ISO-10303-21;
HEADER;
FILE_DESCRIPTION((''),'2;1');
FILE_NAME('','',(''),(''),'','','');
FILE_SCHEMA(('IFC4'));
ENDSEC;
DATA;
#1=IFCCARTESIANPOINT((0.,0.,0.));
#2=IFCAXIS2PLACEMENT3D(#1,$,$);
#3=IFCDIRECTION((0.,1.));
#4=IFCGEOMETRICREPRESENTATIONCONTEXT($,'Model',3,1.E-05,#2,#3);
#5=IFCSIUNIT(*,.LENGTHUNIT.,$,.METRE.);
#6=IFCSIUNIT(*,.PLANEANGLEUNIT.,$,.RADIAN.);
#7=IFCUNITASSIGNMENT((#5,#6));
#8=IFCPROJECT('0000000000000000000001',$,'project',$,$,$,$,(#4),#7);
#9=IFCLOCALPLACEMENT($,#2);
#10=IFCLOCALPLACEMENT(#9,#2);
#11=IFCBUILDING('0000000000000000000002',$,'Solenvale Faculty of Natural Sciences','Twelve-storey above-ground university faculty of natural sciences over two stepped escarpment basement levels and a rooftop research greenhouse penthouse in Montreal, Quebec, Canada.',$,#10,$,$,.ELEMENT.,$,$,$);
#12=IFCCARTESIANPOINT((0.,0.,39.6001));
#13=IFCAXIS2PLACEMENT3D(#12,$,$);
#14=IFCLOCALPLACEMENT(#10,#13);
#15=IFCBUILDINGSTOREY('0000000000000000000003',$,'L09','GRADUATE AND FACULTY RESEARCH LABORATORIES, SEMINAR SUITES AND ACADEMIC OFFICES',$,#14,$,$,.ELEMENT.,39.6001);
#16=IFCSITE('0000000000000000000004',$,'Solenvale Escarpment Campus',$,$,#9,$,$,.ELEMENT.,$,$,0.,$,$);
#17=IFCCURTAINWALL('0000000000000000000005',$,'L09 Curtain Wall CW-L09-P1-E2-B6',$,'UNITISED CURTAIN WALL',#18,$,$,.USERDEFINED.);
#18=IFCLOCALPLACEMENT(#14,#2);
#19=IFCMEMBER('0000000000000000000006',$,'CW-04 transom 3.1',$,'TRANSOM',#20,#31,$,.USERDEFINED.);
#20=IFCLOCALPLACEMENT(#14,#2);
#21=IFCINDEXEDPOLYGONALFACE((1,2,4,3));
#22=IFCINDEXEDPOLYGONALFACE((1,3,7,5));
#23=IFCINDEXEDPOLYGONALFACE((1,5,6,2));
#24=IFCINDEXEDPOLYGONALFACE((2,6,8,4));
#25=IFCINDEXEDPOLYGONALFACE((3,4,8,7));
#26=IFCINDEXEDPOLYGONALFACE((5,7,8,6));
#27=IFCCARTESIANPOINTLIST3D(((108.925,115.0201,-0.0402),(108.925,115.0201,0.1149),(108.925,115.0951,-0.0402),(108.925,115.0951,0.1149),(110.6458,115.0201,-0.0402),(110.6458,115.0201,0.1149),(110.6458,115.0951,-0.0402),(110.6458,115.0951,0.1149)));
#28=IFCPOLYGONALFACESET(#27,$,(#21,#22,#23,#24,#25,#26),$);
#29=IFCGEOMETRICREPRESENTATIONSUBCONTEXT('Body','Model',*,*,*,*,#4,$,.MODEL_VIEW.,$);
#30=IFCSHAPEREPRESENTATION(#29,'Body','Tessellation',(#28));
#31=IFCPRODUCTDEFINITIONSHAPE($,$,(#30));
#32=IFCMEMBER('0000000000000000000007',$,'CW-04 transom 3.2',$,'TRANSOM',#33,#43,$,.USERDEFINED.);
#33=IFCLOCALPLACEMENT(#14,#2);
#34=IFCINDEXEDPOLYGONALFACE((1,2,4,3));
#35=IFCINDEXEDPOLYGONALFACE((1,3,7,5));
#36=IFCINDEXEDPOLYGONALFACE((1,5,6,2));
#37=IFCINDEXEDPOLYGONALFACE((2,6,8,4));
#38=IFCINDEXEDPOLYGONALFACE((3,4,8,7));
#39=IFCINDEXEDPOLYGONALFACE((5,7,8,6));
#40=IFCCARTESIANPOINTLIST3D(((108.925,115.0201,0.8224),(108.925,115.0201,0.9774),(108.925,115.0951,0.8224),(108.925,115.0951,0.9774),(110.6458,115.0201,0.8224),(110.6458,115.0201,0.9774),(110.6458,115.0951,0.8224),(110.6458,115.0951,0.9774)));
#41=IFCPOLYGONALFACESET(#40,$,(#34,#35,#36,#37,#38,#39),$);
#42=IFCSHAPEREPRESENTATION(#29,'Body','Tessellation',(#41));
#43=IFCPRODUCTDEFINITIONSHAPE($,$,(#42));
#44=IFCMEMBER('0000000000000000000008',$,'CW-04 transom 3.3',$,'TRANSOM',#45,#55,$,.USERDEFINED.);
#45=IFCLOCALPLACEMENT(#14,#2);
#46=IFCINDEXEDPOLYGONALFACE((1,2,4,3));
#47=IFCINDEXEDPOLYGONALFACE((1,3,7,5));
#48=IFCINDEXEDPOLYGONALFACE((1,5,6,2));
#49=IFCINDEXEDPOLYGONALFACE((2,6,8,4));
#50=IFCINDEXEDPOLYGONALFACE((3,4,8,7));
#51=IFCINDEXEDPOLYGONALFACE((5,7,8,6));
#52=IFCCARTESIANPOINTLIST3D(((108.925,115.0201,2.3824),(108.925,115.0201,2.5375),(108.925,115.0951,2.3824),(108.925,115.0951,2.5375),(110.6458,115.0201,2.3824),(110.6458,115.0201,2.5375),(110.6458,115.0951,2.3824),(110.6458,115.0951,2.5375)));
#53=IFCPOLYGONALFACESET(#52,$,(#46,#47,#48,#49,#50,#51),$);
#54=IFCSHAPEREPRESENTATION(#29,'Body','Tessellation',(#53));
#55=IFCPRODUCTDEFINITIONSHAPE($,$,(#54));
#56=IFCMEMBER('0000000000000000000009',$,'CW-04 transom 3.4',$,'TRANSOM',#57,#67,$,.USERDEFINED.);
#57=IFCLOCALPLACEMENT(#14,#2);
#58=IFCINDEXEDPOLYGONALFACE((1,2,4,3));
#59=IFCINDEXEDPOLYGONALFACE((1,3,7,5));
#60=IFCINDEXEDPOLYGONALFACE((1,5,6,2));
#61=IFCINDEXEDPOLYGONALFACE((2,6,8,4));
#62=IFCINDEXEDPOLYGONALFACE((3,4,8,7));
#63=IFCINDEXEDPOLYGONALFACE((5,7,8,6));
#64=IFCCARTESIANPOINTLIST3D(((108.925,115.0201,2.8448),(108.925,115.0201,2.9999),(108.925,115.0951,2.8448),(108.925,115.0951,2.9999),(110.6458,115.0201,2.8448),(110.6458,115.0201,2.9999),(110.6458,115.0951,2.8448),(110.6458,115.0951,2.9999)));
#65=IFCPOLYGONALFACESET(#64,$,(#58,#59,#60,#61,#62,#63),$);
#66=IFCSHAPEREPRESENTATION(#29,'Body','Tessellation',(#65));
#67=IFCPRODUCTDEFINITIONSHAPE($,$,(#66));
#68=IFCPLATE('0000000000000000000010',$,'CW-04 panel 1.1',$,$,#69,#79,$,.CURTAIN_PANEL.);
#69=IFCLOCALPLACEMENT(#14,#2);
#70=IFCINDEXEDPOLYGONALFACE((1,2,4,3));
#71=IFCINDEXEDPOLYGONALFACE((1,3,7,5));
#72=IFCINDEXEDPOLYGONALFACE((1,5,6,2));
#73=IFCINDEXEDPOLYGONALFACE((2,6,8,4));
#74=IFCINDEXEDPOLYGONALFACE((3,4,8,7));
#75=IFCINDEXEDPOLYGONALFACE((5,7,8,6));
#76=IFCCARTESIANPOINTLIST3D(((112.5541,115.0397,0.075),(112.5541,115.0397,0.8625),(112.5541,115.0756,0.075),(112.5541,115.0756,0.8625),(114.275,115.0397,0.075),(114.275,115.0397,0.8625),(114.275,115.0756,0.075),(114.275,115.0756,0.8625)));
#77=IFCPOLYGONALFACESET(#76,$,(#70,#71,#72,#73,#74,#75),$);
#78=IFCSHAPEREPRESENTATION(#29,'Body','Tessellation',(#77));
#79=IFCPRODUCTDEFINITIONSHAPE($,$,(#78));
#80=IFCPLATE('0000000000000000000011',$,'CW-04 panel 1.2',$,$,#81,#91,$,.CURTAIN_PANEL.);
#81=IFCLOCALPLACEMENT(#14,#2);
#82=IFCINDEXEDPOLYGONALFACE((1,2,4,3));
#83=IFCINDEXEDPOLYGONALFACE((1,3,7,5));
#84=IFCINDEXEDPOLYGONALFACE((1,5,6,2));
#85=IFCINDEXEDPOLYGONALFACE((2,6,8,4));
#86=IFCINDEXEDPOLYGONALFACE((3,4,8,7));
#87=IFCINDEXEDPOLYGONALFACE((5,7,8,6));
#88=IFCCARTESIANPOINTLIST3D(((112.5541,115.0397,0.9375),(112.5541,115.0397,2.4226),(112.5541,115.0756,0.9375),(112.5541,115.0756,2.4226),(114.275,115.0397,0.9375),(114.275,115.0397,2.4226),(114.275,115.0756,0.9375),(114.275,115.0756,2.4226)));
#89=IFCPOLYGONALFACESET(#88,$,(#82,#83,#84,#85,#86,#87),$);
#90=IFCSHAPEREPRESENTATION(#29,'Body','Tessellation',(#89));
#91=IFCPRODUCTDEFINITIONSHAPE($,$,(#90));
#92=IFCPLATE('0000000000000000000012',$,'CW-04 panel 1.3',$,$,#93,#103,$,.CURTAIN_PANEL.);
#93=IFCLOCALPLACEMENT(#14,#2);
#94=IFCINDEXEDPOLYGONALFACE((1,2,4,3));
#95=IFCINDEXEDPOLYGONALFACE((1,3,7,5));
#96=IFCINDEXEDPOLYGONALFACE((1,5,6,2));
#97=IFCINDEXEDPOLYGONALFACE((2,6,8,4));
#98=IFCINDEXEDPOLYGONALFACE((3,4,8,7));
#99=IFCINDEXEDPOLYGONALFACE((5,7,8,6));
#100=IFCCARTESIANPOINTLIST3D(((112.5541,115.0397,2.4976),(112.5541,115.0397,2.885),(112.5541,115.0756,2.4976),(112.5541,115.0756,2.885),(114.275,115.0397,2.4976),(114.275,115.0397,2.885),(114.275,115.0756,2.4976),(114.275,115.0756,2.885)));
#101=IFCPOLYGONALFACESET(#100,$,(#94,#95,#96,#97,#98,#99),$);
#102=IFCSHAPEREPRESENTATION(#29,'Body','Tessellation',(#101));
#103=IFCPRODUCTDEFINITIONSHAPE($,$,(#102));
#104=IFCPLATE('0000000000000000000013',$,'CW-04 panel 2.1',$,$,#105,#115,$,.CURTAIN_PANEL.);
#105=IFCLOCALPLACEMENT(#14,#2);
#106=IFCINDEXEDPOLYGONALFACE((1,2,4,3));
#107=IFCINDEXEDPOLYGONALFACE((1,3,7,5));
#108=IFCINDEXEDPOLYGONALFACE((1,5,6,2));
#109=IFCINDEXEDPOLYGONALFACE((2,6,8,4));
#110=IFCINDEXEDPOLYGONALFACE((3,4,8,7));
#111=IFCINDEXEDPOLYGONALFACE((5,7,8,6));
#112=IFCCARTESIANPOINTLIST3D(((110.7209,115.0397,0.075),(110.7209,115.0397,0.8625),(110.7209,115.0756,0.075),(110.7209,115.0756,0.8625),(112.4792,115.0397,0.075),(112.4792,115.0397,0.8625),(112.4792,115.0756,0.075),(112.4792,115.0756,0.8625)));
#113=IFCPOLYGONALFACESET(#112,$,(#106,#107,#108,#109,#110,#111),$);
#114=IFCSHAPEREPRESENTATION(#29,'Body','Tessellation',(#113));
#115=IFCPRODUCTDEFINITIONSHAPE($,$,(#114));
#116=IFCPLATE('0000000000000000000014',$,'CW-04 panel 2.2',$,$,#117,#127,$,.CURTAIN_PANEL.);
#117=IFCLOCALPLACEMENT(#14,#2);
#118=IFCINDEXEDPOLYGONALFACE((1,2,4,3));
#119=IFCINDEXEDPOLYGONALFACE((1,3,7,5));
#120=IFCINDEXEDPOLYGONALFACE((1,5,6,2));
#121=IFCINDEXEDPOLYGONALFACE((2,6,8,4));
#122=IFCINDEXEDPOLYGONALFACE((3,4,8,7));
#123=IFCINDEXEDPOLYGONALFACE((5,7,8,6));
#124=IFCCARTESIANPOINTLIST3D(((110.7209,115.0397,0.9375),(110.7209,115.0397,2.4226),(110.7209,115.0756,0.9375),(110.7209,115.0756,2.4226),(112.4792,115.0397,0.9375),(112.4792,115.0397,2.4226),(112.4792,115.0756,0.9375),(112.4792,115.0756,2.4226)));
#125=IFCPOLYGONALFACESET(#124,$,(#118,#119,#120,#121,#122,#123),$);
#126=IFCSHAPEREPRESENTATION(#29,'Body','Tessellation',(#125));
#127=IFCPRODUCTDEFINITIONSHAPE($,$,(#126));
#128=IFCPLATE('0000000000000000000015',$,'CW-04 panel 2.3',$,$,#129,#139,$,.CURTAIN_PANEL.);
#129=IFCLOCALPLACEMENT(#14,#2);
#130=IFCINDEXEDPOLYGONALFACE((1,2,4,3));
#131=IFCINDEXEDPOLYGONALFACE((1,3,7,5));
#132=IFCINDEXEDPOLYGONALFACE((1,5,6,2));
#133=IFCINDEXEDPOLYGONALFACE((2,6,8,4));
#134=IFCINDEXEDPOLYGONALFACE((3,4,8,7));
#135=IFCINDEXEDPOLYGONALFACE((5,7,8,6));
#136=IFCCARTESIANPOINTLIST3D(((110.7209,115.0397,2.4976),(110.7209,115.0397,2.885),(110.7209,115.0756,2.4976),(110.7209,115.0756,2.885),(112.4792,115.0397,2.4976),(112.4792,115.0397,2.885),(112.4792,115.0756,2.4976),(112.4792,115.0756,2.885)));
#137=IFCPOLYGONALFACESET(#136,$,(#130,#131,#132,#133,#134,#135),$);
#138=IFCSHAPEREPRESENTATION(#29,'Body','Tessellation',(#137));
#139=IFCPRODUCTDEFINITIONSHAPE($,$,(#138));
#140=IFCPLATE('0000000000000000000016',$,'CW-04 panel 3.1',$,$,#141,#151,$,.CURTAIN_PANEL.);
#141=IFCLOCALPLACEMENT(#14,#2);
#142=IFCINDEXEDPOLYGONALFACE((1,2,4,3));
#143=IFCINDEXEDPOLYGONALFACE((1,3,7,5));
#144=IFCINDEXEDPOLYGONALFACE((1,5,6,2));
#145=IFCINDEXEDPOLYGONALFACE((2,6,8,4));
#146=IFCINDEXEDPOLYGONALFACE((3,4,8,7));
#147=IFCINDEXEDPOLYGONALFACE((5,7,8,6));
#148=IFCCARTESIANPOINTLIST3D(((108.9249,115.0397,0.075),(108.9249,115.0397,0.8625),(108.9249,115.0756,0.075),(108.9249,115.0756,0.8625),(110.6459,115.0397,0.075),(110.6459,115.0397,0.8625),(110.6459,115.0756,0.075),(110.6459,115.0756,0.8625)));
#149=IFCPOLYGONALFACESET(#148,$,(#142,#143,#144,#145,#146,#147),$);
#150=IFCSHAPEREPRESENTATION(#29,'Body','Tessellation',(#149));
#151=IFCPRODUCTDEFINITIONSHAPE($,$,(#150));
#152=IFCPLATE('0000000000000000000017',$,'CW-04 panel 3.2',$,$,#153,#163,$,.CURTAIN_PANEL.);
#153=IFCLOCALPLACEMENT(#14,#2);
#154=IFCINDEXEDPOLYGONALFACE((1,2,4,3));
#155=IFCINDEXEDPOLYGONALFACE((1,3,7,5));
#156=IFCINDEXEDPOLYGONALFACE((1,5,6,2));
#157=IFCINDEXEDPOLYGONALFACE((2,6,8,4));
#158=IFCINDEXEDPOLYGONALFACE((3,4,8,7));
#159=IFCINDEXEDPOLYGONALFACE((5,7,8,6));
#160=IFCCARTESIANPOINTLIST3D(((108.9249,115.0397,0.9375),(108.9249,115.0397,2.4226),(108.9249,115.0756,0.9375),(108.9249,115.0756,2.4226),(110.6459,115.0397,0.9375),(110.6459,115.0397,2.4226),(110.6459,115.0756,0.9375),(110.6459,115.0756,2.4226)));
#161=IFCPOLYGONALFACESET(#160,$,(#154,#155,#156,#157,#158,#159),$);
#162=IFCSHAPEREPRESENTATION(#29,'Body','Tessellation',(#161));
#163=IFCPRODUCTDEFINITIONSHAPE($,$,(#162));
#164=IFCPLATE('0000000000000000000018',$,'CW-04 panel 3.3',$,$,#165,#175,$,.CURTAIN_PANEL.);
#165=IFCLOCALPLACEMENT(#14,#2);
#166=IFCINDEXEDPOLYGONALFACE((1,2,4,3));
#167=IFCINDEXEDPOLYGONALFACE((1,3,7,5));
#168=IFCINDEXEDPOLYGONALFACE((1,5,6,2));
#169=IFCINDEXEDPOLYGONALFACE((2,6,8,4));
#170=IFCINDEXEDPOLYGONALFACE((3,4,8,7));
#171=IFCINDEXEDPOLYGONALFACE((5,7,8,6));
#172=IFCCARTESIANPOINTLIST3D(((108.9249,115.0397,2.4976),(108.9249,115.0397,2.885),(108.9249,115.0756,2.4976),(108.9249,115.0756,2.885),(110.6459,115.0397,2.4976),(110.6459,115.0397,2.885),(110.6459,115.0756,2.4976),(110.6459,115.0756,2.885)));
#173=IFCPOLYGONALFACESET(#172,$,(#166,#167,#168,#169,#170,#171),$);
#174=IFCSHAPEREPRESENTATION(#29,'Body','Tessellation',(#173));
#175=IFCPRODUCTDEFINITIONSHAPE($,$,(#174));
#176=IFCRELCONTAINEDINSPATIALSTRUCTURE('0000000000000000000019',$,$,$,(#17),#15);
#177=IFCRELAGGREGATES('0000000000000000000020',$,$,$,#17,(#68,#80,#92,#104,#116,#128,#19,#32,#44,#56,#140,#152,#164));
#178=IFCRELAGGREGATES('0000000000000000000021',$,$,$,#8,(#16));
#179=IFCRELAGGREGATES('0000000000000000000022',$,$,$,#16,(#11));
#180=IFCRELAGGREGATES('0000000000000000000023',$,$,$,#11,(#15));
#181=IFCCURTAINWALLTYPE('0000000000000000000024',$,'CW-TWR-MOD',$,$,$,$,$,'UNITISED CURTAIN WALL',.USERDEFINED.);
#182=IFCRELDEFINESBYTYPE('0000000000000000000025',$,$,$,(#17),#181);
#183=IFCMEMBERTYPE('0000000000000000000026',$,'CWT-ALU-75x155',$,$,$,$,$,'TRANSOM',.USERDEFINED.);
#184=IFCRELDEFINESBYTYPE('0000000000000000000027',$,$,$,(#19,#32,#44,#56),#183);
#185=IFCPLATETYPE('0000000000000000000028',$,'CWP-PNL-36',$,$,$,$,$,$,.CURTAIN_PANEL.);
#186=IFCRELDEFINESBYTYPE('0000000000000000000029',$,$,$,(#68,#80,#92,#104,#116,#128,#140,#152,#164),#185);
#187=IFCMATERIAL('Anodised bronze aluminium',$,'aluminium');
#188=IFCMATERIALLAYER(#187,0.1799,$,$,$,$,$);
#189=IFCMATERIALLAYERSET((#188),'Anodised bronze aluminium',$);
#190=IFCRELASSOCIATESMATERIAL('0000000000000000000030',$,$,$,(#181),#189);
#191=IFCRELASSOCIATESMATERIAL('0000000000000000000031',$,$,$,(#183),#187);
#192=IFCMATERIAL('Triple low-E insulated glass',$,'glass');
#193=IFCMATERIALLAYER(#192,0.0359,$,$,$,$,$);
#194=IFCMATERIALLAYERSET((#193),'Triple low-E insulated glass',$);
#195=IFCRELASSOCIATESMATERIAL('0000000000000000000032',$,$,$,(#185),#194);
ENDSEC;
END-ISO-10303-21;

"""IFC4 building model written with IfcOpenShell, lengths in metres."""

from ifc_helpers import new_model, si_unit, direction, frame, origin, origin_2d, place, context, subcontext, project, spatial, rectangle, extrude, material, layer, layer_set, material_profile, profile_set, type_object, element, aggregate, save


model = new_model("IFC4")

# Units and contexts
model_context = context("Model", 3, precision=1e-05, world=origin(), true_north=direction((0.0, 1.0)))
body_context = subcontext(model_context, "Body", "Model", "MODEL_VIEW")
ifc_project = project(units=[si_unit("LENGTHUNIT", "METRE"), si_unit("PLANEANGLEUNIT", "RADIAN")], contexts=[model_context])

# Site, building, storey
site_placement = place(None, origin())
site = spatial("IfcSite", under=ifc_project, at=site_placement, Name="Solenvale Escarpment Campus", CompositionType="ELEMENT", RefElevation=0.0)
building_placement = place(site_placement, origin())
building = spatial("IfcBuilding", under=site, at=building_placement, Name="Solenvale Faculty of Natural Sciences", Description="Twelve-storey above-ground university faculty of natural sciences over two stepped escarpment basement levels and a rooftop research greenhouse penthouse in Montreal, Quebec, Canada.", CompositionType="ELEMENT")
storey_placement = place(building_placement, frame((0.0, 0.0, 39.6001)))
storey = spatial("IfcBuildingStorey", under=building, at=storey_placement, Name="L09", Description="GRADUATE AND FACULTY RESEARCH LABORATORIES, SEMINAR SUITES AND ACADEMIC OFFICES", CompositionType="ELEMENT", Elevation=39.6001)

# Curtain wall, members, plates
ifc_material_1 = material(Name="Anodised bronze aluminium", Category="aluminium")
ifc_layer_1 = layer(ifc_material_1, 0.1799)
ifc_layer_set_1 = layer_set([ifc_layer_1], Name="Anodised bronze aluminium")
curtain_wall_type = type_object("IfcCurtainWallType", Name="CW-TWR-MOD", ElementType="UNITISED CURTAIN WALL", PredefinedType="USERDEFINED", material=ifc_layer_set_1)
curtain_wall_placement = place(storey_placement, origin())
curtain_wall = element("IfcCurtainWall", 1, at=curtain_wall_placement, inside=storey, type_object=curtain_wall_type, Name="L09 Curtain Wall CW-L09-P1-E2-B6", ObjectType="UNITISED CURTAIN WALL", PredefinedType="USERDEFINED")
ifc_material_profile_1 = material_profile(ifc_material_1, rectangle(XDim=0.075, YDim=0.155, at=origin_2d()), Name="ALU-TRN-75x155")
ifc_profile_set_1 = profile_set([ifc_material_profile_1], Name="Anodised bronze aluminium")
member_type_1 = type_object("IfcMemberType", Name="CWT-ALU-75x155", ElementType="TRANSOM", PredefinedType="USERDEFINED", material=ifc_profile_set_1)
member_1_placement = place(storey_placement, frame((110.6458, 115.0576, 0.0374), z_axis=(-1.0, 0.0, 0.0), x_axis=(0.0, -1.0, 0.0)))
member_1 = element("IfcMember", 2, at=member_1_placement, type_object=member_type_1, Name="CW-04 transom 3.1", ObjectType="TRANSOM", PredefinedType="USERDEFINED", context=body_context, shape_type="SweptSolid", body=[
    extrude(rectangle(XDim=0.075, YDim=0.155, at=origin_2d()), origin(), (0.0, 0.0, 1.0), 1.7207),
])
member_2_placement = place(storey_placement, frame((110.6458, 115.0576, 0.8999), z_axis=(-1.0, 0.0, 0.0), x_axis=(0.0, -1.0, 0.0)))
member_2 = element("IfcMember", 3, at=member_2_placement, type_object=member_type_1, Name="CW-04 transom 3.2", ObjectType="TRANSOM", PredefinedType="USERDEFINED", context=body_context, shape_type="SweptSolid", body=[
    extrude(rectangle(XDim=0.075, YDim=0.155, at=origin_2d()), origin(), (0.0, 0.0, 1.0), 1.7207),
])
member_3_placement = place(storey_placement, frame((110.6458, 115.0576, 2.46), z_axis=(-1.0, 0.0, 0.0), x_axis=(0.0, -1.0, 0.0)))
member_3 = element("IfcMember", 4, at=member_3_placement, type_object=member_type_1, Name="CW-04 transom 3.3", ObjectType="TRANSOM", PredefinedType="USERDEFINED", context=body_context, shape_type="SweptSolid", body=[
    extrude(rectangle(XDim=0.075, YDim=0.155, at=origin_2d()), origin(), (0.0, 0.0, 1.0), 1.7207),
])
member_4_placement = place(storey_placement, frame((110.6458, 115.0576, 2.9224), z_axis=(-1.0, 0.0, 0.0), x_axis=(0.0, -1.0, 0.0)))
member_4 = element("IfcMember", 5, at=member_4_placement, type_object=member_type_1, Name="CW-04 transom 3.4", ObjectType="TRANSOM", PredefinedType="USERDEFINED", context=body_context, shape_type="SweptSolid", body=[
    extrude(rectangle(XDim=0.075, YDim=0.155, at=origin_2d()), origin(), (0.0, 0.0, 1.0), 1.7207),
])
ifc_material_2 = material(Name="Triple low-E insulated glass", Category="glass")
ifc_layer_2 = layer(ifc_material_2, 0.0359)
ifc_layer_set_2 = layer_set([ifc_layer_2], Name="Triple low-E insulated glass")
plate_type = type_object("IfcPlateType", Name="CWP-PNL-36", PredefinedType="CURTAIN_PANEL", material=ifc_layer_set_2)
plate_1_placement = place(storey_placement, frame((113.4146, 115.0576, 0.075), z_axis=(0.0, 0.0, 1.0), x_axis=(-1.0, 0.0, 0.0)))
plate_1 = element("IfcPlate", 6, at=plate_1_placement, type_object=plate_type, Name="CW-04 panel 1.1", PredefinedType="CURTAIN_PANEL", context=body_context, shape_type="SweptSolid", body=[
    extrude(rectangle(XDim=1.7209, YDim=0.0359, at=origin_2d()), origin(), (0.0, 0.0, 1.0), 0.7876),
])
plate_2_placement = place(storey_placement, frame((113.4146, 115.0576, 0.9375), z_axis=(0.0, 0.0, 1.0), x_axis=(-1.0, 0.0, 0.0)))
plate_2 = element("IfcPlate", 7, at=plate_2_placement, type_object=plate_type, Name="CW-04 panel 1.2", PredefinedType="CURTAIN_PANEL", context=body_context, shape_type="SweptSolid", body=[
    extrude(rectangle(XDim=1.7209, YDim=0.0359, at=origin_2d()), origin(), (0.0, 0.0, 1.0), 1.4851),
])
plate_3_placement = place(storey_placement, frame((113.4146, 115.0576, 2.4976), z_axis=(0.0, 0.0, 1.0), x_axis=(-1.0, 0.0, 0.0)))
plate_3 = element("IfcPlate", 8, at=plate_3_placement, type_object=plate_type, Name="CW-04 panel 1.3", PredefinedType="CURTAIN_PANEL", context=body_context, shape_type="SweptSolid", body=[
    extrude(rectangle(XDim=1.7209, YDim=0.0359, at=origin_2d()), origin(), (0.0, 0.0, 1.0), 0.3875),
])
plate_4_placement = place(storey_placement, frame((111.6001, 115.0576, 0.075), z_axis=(0.0, 0.0, 1.0), x_axis=(-1.0, 0.0, 0.0)))
plate_4 = element("IfcPlate", 9, at=plate_4_placement, type_object=plate_type, Name="CW-04 panel 2.1", PredefinedType="CURTAIN_PANEL", context=body_context, shape_type="SweptSolid", body=[
    extrude(rectangle(XDim=1.7583, YDim=0.0359, at=origin_2d()), origin(), (0.0, 0.0, 1.0), 0.7876),
])
plate_5_placement = place(storey_placement, frame((111.6001, 115.0576, 0.9375), z_axis=(0.0, 0.0, 1.0), x_axis=(-1.0, 0.0, 0.0)))
plate_5 = element("IfcPlate", 10, at=plate_5_placement, type_object=plate_type, Name="CW-04 panel 2.2", PredefinedType="CURTAIN_PANEL", context=body_context, shape_type="SweptSolid", body=[
    extrude(rectangle(XDim=1.7583, YDim=0.0359, at=origin_2d()), origin(), (0.0, 0.0, 1.0), 1.4851),
])
plate_6_placement = place(storey_placement, frame((111.6001, 115.0576, 2.4976), z_axis=(0.0, 0.0, 1.0), x_axis=(-1.0, 0.0, 0.0)))
plate_6 = element("IfcPlate", 11, at=plate_6_placement, type_object=plate_type, Name="CW-04 panel 2.3", PredefinedType="CURTAIN_PANEL", context=body_context, shape_type="SweptSolid", body=[
    extrude(rectangle(XDim=1.7583, YDim=0.0359, at=origin_2d()), origin(), (0.0, 0.0, 1.0), 0.3875),
])
plate_7_placement = place(storey_placement, frame((109.7854, 115.0576, 0.075), z_axis=(0.0, 0.0, 1.0), x_axis=(-1.0, 0.0, 0.0)))
plate_7 = element("IfcPlate", 12, at=plate_7_placement, type_object=plate_type, Name="CW-04 panel 3.1", PredefinedType="CURTAIN_PANEL", context=body_context, shape_type="SweptSolid", body=[
    extrude(rectangle(XDim=1.7209, YDim=0.0359, at=origin_2d()), origin(), (0.0, 0.0, 1.0), 0.7876),
])
plate_8_placement = place(storey_placement, frame((109.7854, 115.0576, 0.9375), z_axis=(0.0, 0.0, 1.0), x_axis=(-1.0, 0.0, 0.0)))
plate_8 = element("IfcPlate", 13, at=plate_8_placement, type_object=plate_type, Name="CW-04 panel 3.2", PredefinedType="CURTAIN_PANEL", context=body_context, shape_type="SweptSolid", body=[
    extrude(rectangle(XDim=1.7209, YDim=0.0359, at=origin_2d()), origin(), (0.0, 0.0, 1.0), 1.4851),
])
plate_9_placement = place(storey_placement, frame((109.7854, 115.0576, 2.4976), z_axis=(0.0, 0.0, 1.0), x_axis=(-1.0, 0.0, 0.0)))
plate_9 = element("IfcPlate", 14, at=plate_9_placement, type_object=plate_type, Name="CW-04 panel 3.3", PredefinedType="CURTAIN_PANEL", context=body_context, shape_type="SweptSolid", body=[
    extrude(rectangle(XDim=1.7209, YDim=0.0359, at=origin_2d()), origin(), (0.0, 0.0, 1.0), 0.3875),
])
aggregate(curtain_wall, [plate_1, plate_2, plate_3, plate_4, plate_5, plate_6, member_1, member_2, member_3, member_4, plate_7, plate_8, plate_9])

save(model, "model.ifc")
